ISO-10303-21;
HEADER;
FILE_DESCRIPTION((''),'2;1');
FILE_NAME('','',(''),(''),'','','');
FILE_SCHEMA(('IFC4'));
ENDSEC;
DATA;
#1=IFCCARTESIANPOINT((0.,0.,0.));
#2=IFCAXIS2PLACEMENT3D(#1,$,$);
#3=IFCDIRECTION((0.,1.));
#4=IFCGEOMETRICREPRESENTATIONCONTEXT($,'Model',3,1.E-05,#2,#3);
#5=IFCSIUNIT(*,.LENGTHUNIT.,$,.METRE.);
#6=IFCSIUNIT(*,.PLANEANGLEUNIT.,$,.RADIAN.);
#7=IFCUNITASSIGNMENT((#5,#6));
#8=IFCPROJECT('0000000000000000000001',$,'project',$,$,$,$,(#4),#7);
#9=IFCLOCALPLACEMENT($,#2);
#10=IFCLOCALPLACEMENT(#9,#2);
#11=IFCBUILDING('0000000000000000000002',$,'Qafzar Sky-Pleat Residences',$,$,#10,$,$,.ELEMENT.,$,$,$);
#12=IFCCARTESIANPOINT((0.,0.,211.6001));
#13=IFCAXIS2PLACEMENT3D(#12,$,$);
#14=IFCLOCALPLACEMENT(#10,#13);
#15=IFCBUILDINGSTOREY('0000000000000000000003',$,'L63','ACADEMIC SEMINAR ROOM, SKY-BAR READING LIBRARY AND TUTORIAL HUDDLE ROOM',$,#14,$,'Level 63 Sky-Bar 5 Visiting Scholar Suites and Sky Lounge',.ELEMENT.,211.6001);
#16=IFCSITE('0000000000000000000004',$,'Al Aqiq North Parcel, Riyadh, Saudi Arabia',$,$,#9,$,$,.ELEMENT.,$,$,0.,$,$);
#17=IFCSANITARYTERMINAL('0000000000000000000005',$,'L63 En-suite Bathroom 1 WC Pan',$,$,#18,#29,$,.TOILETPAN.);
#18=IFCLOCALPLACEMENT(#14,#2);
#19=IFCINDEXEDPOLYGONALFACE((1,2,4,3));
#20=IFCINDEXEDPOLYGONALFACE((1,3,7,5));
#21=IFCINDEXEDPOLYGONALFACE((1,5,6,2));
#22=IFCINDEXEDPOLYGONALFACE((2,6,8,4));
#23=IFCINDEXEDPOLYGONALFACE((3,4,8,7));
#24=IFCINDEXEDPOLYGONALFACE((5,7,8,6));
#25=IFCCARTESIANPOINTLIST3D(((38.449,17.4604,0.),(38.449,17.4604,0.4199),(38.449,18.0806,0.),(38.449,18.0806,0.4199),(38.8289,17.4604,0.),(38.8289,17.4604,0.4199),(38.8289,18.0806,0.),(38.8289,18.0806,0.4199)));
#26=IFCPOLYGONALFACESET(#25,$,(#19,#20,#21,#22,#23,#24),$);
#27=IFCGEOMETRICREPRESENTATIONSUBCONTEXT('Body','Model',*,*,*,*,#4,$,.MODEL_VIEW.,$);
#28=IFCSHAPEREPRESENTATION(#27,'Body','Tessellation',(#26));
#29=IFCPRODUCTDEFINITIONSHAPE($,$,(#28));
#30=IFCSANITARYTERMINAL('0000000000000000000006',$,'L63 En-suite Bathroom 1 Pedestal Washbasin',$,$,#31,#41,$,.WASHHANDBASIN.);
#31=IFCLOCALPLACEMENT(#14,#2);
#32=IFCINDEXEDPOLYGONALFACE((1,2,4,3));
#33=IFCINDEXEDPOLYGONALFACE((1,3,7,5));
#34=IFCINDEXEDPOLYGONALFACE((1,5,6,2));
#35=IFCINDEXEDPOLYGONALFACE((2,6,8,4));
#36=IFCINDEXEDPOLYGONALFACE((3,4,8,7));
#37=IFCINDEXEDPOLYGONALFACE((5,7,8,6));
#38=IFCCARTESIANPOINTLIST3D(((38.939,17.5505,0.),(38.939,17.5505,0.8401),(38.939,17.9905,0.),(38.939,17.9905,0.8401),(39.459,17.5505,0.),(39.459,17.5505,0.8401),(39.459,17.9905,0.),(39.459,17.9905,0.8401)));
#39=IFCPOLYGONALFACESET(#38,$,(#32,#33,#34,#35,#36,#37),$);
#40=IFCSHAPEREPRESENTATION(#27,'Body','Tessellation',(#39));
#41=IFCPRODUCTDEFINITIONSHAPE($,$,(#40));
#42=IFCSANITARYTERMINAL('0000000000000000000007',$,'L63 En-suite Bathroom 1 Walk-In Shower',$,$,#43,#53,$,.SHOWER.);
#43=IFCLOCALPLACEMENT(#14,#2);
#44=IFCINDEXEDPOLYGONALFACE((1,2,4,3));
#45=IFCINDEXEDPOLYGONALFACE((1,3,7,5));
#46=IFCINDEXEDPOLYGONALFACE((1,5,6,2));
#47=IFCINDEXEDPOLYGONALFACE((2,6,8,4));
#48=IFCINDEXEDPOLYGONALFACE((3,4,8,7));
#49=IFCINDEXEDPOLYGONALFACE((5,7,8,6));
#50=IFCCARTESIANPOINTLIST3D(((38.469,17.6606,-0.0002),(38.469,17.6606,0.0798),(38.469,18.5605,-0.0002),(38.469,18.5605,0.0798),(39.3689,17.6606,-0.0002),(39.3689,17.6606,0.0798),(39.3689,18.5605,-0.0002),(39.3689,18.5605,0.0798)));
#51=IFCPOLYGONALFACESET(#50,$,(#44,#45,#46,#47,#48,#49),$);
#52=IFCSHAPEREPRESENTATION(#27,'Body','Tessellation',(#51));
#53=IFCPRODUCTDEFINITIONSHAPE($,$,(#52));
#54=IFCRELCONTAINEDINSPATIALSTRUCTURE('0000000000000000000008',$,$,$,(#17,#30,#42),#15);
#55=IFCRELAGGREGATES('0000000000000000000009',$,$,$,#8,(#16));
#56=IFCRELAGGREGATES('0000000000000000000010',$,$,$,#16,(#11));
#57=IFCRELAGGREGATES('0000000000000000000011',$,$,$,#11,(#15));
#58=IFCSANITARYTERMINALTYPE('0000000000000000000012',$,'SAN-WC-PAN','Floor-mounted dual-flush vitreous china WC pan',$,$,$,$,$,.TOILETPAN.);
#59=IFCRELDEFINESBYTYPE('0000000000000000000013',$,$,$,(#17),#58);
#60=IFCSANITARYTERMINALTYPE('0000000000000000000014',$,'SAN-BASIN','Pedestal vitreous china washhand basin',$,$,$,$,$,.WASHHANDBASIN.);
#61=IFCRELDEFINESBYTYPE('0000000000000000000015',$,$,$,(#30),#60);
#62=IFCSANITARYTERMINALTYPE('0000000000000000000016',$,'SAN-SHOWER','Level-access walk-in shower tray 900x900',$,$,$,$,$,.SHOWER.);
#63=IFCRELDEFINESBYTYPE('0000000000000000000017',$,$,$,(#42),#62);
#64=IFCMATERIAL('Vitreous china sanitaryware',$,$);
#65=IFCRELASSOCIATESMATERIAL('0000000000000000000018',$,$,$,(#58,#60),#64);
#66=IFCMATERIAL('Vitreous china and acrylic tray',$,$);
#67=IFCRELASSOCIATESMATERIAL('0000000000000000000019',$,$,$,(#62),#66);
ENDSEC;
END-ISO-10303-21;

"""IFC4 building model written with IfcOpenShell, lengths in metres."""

from ifc_helpers import new_model, si_unit, direction, frame, origin, origin_2d, place, context, subcontext, project, spatial, rectangle, extrude, source, transform, mapped, material, type_object, element, save


model = new_model("IFC4")

# Units and contexts
model_context = context("Model", 3, precision=1e-05, world=origin(), true_north=direction((0.0, 1.0)))
body_context = subcontext(model_context, "Body", "Model", "MODEL_VIEW")
ifc_project = project(units=[si_unit("LENGTHUNIT", "METRE"), si_unit("PLANEANGLEUNIT", "RADIAN")], contexts=[model_context])

# Site, building, storey
site_placement = place(None, origin())
site = spatial("IfcSite", under=ifc_project, at=site_placement, Name="Al Aqiq North Parcel, Riyadh, Saudi Arabia", CompositionType="ELEMENT", RefElevation=0.0)
building_placement = place(site_placement, origin())
building = spatial("IfcBuilding", under=site, at=building_placement, Name="Qafzar Sky-Pleat Residences", CompositionType="ELEMENT")
storey_placement = place(building_placement, frame((0.0, 0.0, 211.6001)))
storey = spatial("IfcBuildingStorey", under=building, at=storey_placement, Name="L63", Description="ACADEMIC SEMINAR ROOM, SKY-BAR READING LIBRARY AND TUTORIAL HUDDLE ROOM", LongName="Level 63 Sky-Bar 5 Visiting Scholar Suites and Sky Lounge", CompositionType="ELEMENT", Elevation=211.6001)

# Sanitary terminals
ifc_material_1 = material(Name="Vitreous china sanitaryware")
sanitary_terminal_type_1 = type_object("IfcSanitaryTerminalType", Name="SAN-WC-PAN", Description="Floor-mounted dual-flush vitreous china WC pan", PredefinedType="TOILETPAN", material=ifc_material_1)
shared_shape_1 = source(origin(), body_context, "Body", "SweptSolid", [
    extrude(rectangle(XDim=0.3799, YDim=0.6201, at=origin_2d()), origin(), (0.0, 0.0, 1.0), 0.4199),
])
sanitary_terminal_1_placement = place(storey_placement, frame((38.6389, 17.7705, 0.0), z_axis=(0.0, 0.0, 1.0), x_axis=(1.0, 0.0, 0.0)))
element("IfcSanitaryTerminal", 1, at=sanitary_terminal_1_placement, inside=storey, type_object=sanitary_terminal_type_1, Name="L63 En-suite Bathroom 1 WC Pan", PredefinedType="TOILETPAN", context=body_context, shape_type="MappedRepresentation", body=[
    mapped(shared_shape_1, transform((0.0, 0.0, 0.0), x_axis=(1.0, 0.0, 0.0), y_axis=(0.0, 1.0, 0.0), z_axis=(0.0, 0.0, 1.0), scale=1.0)),
])
sanitary_terminal_type_2 = type_object("IfcSanitaryTerminalType", Name="SAN-BASIN", Description="Pedestal vitreous china washhand basin", PredefinedType="WASHHANDBASIN", material=ifc_material_1)
shared_shape_2 = source(origin(), body_context, "Body", "SweptSolid", [
    extrude(rectangle(XDim=0.52, YDim=0.4399, at=origin_2d()), origin(), (0.0, 0.0, 1.0), 0.8401),
])
sanitary_terminal_2_placement = place(storey_placement, frame((39.199, 17.7705, 0.0), z_axis=(0.0, 0.0, 1.0), x_axis=(1.0, 0.0, 0.0)))
element("IfcSanitaryTerminal", 2, at=sanitary_terminal_2_placement, inside=storey, type_object=sanitary_terminal_type_2, Name="L63 En-suite Bathroom 1 Pedestal Washbasin", PredefinedType="WASHHANDBASIN", context=body_context, shape_type="MappedRepresentation", body=[
    mapped(shared_shape_2, transform((0.0, 0.0, 0.0), x_axis=(1.0, 0.0, 0.0), y_axis=(0.0, 1.0, 0.0), z_axis=(0.0, 0.0, 1.0), scale=1.0)),
])
ifc_material_2 = material(Name="Vitreous china and acrylic tray")
sanitary_terminal_type_3 = type_object("IfcSanitaryTerminalType", Name="SAN-SHOWER", Description="Level-access walk-in shower tray 900x900", PredefinedType="SHOWER", material=ifc_material_2)
shared_shape_3 = source(origin(), body_context, "Body", "SweptSolid", [
    extrude(rectangle(XDim=0.8999, YDim=0.8999, at=origin_2d()), origin(), (0.0, 0.0, 1.0), 0.0801),
])
sanitary_terminal_3_placement = place(storey_placement, frame((38.9189, 18.1106, -0.0002), z_axis=(0.0, 0.0, 1.0), x_axis=(1.0, 0.0, 0.0)))
element("IfcSanitaryTerminal", 3, at=sanitary_terminal_3_placement, inside=storey, type_object=sanitary_terminal_type_3, Name="L63 En-suite Bathroom 1 Walk-In Shower", PredefinedType="SHOWER", context=body_context, shape_type="MappedRepresentation", body=[
    mapped(shared_shape_3, transform((0.0, 0.0, 0.0), x_axis=(1.0, 0.0, 0.0), y_axis=(0.0, 1.0, 0.0), z_axis=(0.0, 0.0, 1.0), scale=1.0)),
])

save(model, "model.ifc")
